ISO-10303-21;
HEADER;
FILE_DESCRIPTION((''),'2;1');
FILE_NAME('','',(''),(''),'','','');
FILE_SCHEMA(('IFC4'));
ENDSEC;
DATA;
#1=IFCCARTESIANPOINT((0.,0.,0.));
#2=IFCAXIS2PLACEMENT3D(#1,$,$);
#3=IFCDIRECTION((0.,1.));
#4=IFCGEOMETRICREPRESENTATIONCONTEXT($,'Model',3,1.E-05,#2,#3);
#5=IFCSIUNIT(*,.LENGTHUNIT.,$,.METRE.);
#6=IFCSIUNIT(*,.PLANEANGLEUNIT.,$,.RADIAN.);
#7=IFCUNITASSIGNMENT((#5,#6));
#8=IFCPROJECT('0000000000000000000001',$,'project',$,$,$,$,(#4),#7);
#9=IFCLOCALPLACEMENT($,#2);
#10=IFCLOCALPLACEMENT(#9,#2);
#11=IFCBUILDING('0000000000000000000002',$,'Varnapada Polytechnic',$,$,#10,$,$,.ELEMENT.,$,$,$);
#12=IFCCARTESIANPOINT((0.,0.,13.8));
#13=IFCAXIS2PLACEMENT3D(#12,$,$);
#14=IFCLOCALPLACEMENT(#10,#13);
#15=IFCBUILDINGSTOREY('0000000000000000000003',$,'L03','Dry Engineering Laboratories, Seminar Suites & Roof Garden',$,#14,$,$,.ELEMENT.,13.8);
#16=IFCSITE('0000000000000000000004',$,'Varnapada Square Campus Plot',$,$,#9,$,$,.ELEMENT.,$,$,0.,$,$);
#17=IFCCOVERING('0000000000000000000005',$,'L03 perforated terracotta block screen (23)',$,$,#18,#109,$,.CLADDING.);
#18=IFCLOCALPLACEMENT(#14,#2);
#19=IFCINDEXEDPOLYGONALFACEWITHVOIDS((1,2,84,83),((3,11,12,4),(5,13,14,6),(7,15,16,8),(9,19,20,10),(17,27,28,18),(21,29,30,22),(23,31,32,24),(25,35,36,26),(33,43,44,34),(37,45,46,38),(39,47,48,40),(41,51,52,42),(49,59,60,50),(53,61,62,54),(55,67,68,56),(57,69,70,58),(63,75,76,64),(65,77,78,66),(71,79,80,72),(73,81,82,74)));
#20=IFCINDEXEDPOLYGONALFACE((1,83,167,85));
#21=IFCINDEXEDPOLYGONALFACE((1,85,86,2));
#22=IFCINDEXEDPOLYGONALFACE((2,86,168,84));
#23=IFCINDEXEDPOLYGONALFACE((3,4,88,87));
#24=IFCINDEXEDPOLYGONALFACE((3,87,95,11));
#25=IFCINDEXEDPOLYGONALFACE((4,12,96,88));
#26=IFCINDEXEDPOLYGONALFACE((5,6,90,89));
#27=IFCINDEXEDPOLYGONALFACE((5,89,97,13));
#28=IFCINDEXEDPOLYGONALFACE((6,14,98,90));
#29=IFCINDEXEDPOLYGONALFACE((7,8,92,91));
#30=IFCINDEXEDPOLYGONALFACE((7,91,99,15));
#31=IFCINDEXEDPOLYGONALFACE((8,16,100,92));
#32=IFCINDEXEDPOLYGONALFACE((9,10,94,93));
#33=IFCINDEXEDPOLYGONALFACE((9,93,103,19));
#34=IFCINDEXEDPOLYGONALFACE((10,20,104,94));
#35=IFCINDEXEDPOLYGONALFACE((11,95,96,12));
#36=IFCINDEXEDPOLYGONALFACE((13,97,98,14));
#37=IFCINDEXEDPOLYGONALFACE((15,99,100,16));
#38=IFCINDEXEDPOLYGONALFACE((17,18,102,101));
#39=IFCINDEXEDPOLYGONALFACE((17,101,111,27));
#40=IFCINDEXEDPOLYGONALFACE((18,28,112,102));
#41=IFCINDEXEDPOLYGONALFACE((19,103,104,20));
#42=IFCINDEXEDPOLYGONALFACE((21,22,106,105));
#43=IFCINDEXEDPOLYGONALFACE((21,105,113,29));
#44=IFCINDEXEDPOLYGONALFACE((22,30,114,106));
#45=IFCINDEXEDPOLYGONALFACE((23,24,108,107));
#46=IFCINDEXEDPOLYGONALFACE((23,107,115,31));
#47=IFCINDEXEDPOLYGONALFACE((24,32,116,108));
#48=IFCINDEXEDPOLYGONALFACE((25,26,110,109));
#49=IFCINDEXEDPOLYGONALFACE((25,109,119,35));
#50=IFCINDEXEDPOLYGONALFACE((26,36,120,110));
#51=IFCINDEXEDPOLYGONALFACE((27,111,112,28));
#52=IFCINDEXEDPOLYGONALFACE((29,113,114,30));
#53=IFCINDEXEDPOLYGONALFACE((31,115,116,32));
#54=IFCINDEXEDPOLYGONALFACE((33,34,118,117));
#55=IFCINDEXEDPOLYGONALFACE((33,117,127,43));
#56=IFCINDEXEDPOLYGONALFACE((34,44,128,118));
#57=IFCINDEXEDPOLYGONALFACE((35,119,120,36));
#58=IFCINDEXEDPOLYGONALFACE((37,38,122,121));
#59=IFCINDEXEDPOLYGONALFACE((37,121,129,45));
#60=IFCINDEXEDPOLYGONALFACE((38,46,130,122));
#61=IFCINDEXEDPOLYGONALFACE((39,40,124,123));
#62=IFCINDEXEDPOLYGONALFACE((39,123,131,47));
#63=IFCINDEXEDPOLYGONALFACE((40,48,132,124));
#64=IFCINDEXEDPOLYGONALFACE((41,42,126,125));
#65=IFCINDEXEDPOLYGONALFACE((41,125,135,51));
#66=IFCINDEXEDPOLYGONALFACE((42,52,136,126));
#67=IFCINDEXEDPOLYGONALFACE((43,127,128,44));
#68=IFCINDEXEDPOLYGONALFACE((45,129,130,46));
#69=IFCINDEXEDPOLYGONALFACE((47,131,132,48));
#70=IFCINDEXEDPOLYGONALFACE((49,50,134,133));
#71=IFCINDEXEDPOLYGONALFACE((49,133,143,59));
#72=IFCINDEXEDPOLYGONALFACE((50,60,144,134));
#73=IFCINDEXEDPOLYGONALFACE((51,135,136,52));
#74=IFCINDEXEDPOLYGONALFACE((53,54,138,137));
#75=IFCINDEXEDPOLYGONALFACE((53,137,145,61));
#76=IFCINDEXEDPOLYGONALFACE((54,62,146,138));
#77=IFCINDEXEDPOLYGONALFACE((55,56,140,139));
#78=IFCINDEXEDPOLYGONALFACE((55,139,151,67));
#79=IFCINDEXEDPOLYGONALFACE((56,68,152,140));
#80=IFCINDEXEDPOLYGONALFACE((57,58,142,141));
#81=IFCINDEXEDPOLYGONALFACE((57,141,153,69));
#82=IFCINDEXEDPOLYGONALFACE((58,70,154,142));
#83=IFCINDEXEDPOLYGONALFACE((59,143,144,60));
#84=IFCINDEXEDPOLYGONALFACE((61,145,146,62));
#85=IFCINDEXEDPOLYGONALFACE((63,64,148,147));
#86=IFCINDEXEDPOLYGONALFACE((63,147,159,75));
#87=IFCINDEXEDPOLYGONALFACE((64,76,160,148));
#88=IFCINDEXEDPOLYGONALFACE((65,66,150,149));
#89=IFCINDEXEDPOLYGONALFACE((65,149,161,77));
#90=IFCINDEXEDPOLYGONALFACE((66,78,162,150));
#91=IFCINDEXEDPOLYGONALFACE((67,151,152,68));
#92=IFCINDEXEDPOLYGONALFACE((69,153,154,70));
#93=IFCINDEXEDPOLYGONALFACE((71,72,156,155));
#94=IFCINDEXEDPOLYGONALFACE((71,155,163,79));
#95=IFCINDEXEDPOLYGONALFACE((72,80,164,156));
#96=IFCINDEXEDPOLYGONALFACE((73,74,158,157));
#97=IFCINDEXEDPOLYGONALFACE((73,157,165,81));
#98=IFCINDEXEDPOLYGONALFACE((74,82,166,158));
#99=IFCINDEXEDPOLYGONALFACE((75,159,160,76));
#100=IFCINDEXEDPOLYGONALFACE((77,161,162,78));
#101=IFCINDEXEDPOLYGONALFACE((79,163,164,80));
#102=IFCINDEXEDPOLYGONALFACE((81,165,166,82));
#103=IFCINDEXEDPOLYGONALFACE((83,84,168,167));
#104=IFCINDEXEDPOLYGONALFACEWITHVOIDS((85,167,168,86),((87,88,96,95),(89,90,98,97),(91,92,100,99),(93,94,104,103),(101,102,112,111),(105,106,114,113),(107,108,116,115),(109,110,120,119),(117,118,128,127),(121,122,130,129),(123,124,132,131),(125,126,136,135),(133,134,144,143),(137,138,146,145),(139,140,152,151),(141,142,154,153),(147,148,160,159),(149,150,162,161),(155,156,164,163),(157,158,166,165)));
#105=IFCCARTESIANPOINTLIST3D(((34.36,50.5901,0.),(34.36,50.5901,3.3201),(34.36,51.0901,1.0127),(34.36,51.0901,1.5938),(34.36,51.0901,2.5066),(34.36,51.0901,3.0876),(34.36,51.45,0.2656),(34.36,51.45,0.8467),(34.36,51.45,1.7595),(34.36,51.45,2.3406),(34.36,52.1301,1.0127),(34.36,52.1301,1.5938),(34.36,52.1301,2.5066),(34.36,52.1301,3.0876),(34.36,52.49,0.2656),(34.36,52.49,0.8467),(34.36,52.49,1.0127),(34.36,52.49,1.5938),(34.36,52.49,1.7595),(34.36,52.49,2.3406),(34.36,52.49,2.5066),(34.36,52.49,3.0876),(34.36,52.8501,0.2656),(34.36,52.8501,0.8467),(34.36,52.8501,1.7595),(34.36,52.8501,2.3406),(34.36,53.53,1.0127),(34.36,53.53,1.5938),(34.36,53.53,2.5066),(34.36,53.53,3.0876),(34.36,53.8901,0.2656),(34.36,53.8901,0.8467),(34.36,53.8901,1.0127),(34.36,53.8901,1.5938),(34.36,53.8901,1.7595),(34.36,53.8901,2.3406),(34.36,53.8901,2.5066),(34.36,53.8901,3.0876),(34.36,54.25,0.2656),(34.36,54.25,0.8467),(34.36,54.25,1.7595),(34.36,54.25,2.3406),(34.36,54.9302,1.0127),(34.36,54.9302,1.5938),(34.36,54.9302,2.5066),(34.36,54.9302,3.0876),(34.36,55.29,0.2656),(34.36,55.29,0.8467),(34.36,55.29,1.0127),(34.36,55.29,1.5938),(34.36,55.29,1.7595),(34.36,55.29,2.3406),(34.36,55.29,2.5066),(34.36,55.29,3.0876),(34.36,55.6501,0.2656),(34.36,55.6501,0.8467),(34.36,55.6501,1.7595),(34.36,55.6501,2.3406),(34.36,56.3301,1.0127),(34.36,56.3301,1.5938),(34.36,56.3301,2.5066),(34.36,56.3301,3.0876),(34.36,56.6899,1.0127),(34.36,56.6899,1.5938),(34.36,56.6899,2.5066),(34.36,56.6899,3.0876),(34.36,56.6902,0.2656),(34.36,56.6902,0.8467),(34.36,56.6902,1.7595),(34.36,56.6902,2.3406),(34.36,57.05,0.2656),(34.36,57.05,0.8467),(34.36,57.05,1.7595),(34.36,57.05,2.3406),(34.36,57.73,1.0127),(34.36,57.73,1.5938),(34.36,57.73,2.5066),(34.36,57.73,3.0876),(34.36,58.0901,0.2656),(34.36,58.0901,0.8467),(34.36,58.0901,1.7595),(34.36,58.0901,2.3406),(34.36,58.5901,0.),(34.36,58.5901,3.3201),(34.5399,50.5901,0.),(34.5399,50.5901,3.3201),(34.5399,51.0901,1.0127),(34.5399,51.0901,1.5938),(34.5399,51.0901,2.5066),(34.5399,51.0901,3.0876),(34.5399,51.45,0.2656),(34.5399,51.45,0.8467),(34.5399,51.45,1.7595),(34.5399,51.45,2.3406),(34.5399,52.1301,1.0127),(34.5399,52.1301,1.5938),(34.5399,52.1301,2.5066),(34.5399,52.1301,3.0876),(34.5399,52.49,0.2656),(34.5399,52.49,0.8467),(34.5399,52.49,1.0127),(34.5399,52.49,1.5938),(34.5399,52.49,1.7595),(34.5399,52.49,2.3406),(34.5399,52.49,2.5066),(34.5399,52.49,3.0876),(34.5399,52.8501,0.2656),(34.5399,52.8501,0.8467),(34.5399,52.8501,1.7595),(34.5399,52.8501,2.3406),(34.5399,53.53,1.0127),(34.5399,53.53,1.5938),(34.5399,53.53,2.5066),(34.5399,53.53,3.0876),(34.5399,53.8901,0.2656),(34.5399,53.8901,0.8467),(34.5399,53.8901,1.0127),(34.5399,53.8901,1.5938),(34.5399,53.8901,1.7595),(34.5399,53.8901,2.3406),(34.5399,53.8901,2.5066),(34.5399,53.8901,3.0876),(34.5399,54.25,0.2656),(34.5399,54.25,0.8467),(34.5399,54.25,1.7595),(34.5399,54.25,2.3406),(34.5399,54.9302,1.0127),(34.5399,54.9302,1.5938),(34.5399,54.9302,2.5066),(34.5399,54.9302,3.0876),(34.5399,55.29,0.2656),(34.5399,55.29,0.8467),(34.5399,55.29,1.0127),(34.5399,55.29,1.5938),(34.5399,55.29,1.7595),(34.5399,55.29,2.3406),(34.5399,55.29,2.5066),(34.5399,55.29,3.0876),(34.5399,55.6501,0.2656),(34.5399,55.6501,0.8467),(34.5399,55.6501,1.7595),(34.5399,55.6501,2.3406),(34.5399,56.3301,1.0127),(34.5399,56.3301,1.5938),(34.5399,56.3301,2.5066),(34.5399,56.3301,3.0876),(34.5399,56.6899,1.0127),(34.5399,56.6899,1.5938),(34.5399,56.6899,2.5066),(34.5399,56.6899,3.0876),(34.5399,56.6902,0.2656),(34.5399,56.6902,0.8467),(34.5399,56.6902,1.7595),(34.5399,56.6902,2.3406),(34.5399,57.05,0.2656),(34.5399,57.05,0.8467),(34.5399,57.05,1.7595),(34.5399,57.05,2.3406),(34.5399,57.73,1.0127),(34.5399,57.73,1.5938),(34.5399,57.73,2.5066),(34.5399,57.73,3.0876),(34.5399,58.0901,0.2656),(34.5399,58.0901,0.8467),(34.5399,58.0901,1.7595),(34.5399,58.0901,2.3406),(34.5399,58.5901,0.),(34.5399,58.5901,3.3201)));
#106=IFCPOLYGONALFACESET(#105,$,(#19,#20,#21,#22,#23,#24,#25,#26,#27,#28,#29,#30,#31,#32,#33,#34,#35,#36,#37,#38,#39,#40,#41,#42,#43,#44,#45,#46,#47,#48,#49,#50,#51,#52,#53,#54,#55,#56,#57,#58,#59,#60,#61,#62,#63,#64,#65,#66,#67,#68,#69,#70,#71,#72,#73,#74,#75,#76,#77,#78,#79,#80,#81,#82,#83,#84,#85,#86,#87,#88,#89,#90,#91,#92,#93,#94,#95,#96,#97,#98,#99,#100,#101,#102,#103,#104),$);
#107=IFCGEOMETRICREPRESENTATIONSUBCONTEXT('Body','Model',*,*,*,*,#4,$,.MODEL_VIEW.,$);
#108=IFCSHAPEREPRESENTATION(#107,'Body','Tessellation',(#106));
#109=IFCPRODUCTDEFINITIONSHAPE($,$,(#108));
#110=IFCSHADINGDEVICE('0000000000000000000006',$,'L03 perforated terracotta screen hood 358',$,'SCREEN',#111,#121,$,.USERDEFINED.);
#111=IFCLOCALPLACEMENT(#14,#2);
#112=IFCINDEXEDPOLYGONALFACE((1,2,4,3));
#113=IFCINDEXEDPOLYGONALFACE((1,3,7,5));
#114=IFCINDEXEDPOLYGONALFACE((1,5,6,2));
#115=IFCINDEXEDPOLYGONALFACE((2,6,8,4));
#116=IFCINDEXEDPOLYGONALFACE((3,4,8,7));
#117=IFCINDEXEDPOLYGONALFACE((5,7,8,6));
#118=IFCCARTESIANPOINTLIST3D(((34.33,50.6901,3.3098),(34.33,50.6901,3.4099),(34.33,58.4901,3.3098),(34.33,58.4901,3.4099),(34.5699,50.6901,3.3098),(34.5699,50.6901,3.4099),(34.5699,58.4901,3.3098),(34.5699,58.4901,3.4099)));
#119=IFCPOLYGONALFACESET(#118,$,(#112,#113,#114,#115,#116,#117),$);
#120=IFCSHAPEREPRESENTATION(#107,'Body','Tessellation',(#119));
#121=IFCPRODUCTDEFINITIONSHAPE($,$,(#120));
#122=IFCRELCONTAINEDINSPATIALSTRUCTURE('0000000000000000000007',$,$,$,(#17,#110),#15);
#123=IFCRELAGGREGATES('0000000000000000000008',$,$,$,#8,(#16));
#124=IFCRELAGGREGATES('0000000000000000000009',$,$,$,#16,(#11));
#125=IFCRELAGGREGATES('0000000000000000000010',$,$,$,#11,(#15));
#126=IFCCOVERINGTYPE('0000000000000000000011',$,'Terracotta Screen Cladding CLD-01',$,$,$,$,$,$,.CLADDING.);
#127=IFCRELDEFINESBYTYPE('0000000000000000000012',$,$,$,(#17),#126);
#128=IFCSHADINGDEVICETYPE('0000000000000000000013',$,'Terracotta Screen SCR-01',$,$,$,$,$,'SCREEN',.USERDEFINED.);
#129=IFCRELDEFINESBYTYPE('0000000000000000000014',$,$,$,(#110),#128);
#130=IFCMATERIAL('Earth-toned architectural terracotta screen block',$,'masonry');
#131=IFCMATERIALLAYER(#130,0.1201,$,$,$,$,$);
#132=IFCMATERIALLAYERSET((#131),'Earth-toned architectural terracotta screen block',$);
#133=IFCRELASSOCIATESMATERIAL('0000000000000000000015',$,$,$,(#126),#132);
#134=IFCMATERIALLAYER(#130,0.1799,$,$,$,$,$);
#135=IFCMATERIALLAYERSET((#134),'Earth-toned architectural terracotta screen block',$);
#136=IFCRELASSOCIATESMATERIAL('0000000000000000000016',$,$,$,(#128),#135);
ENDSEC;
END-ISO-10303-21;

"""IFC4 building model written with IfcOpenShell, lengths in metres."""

from ifc_helpers import new_model, si_unit, direction, frame, frame_2d, origin, origin_2d, place, context, subcontext, project, spatial, rectangle, extrude, material, layer, layer_set, type_object, element, save


model = new_model("IFC4")

# Units and contexts
model_context = context("Model", 3, precision=1e-05, world=origin(), true_north=direction((0.0, 1.0)))
body_context = subcontext(model_context, "Body", "Model", "MODEL_VIEW")
ifc_project = project(units=[si_unit("LENGTHUNIT", "METRE"), si_unit("PLANEANGLEUNIT", "RADIAN")], contexts=[model_context])

# Site, building, storey
site_placement = place(None, origin())
site = spatial("IfcSite", under=ifc_project, at=site_placement, Name="Varnapada Square Campus Plot", CompositionType="ELEMENT", RefElevation=0.0)
building_placement = place(site_placement, origin())
building = spatial("IfcBuilding", under=site, at=building_placement, Name="Varnapada Polytechnic", CompositionType="ELEMENT")
storey_placement = place(building_placement, frame((0.0, 0.0, 13.8)))
storey = spatial("IfcBuildingStorey", under=building, at=storey_placement, Name="L03", Description="Dry Engineering Laboratories, Seminar Suites & Roof Garden", CompositionType="ELEMENT", Elevation=13.8)

# Covering, openings
ifc_material_1 = material(Name="Earth-toned architectural terracotta screen block", Category="masonry")
ifc_layer_1 = layer(ifc_material_1, 0.1201)
ifc_layer_set_1 = layer_set([ifc_layer_1], Name="Earth-toned architectural terracotta screen block")
covering_type = type_object("IfcCoveringType", Name="Terracotta Screen Cladding CLD-01", PredefinedType="CLADDING", material=ifc_layer_set_1)
covering_placement = place(storey_placement, frame((34.45, 58.5901, 0.0), z_axis=(0.0, 0.0, 1.0), x_axis=(0.0, -1.0, 0.0)))
covering = element("IfcCovering", 1, at=covering_placement, inside=storey, type_object=covering_type, Name="L03 perforated terracotta block screen (23)", PredefinedType="CLADDING", context=body_context, shape_type="SweptSolid", body=[
    extrude(rectangle(XDim=8.0, YDim=0.1799, at=frame_2d((4.0, 0.0))), origin(), (0.0, 0.0, 1.0), 3.3201),
])
opening_1_placement = place(covering_placement, frame((0.5, 0.0, 0.2656)))
element("IfcOpeningElement", 2, at=opening_1_placement, cuts=covering, PredefinedType="OPENING", context=body_context, shape_type="SweptSolid", body=[
    extrude(rectangle(XDim=1.04, YDim=0.5811, at=frame_2d((0.52, 0.2905))), frame((0.0, 0.0999, 0.0), z_axis=(0.0, -1.0, 0.0), x_axis=(1.0, 0.0, 0.0)), (0.0, 0.0, 1.0), 0.2),
])
opening_2_placement = place(covering_placement, frame((1.8999, 0.0, 0.2656)))
element("IfcOpeningElement", 3, at=opening_2_placement, cuts=covering, PredefinedType="OPENING", context=body_context, shape_type="SweptSolid", body=[
    extrude(rectangle(XDim=1.04, YDim=0.5811, at=frame_2d((0.52, 0.2905))), frame((0.0, 0.0999, 0.0), z_axis=(0.0, -1.0, 0.0), x_axis=(1.0, 0.0, 0.0)), (0.0, 0.0, 1.0), 0.2),
])
opening_3_placement = place(covering_placement, frame((3.3, 0.0, 0.2656)))
element("IfcOpeningElement", 4, at=opening_3_placement, cuts=covering, PredefinedType="OPENING", context=body_context, shape_type="SweptSolid", body=[
    extrude(rectangle(XDim=1.04, YDim=0.5811, at=frame_2d((0.52, 0.2905))), frame((0.0, 0.0999, 0.0), z_axis=(0.0, -1.0, 0.0), x_axis=(1.0, 0.0, 0.0)), (0.0, 0.0, 1.0), 0.2),
])
opening_4_placement = place(covering_placement, frame((4.7, 0.0, 0.2656)))
element("IfcOpeningElement", 5, at=opening_4_placement, cuts=covering, PredefinedType="OPENING", context=body_context, shape_type="SweptSolid", body=[
    extrude(rectangle(XDim=1.04, YDim=0.5811, at=frame_2d((0.52, 0.2905))), frame((0.0, 0.0999, 0.0), z_axis=(0.0, -1.0, 0.0), x_axis=(1.0, 0.0, 0.0)), (0.0, 0.0, 1.0), 0.2),
])
opening_5_placement = place(covering_placement, frame((6.1001, 0.0, 0.2656)))
element("IfcOpeningElement", 6, at=opening_5_placement, cuts=covering, PredefinedType="OPENING", context=body_context, shape_type="SweptSolid", body=[
    extrude(rectangle(XDim=1.04, YDim=0.5811, at=frame_2d((0.52, 0.2905))), frame((0.0, 0.0999, 0.0), z_axis=(0.0, -1.0, 0.0), x_axis=(1.0, 0.0, 0.0)), (0.0, 0.0, 1.0), 0.2),
])
opening_6_placement = place(covering_placement, frame((0.8601, 0.0, 1.0127)))
element("IfcOpeningElement", 7, at=opening_6_placement, cuts=covering, PredefinedType="OPENING", context=body_context, shape_type="SweptSolid", body=[
    extrude(rectangle(XDim=1.04, YDim=0.5811, at=frame_2d((0.52, 0.2905))), frame((0.0, 0.0999, 0.0), z_axis=(0.0, -1.0, 0.0), x_axis=(1.0, 0.0, 0.0)), (0.0, 0.0, 1.0), 0.2),
])
opening_7_placement = place(covering_placement, frame((2.26, 0.0, 1.0127)))
element("IfcOpeningElement", 8, at=opening_7_placement, cuts=covering, PredefinedType="OPENING", context=body_context, shape_type="SweptSolid", body=[
    extrude(rectangle(XDim=1.04, YDim=0.5811, at=frame_2d((0.52, 0.2905))), frame((0.0, 0.0999, 0.0), z_axis=(0.0, -1.0, 0.0), x_axis=(1.0, 0.0, 0.0)), (0.0, 0.0, 1.0), 0.2),
])
opening_8_placement = place(covering_placement, frame((3.6599, 0.0, 1.0127)))
element("IfcOpeningElement", 9, at=opening_8_placement, cuts=covering, PredefinedType="OPENING", context=body_context, shape_type="SweptSolid", body=[
    extrude(rectangle(XDim=1.04, YDim=0.5811, at=frame_2d((0.52, 0.2905))), frame((0.0, 0.0999, 0.0), z_axis=(0.0, -1.0, 0.0), x_axis=(1.0, 0.0, 0.0)), (0.0, 0.0, 1.0), 0.2),
])
opening_9_placement = place(covering_placement, frame((5.0601, 0.0, 1.0127)))
element("IfcOpeningElement", 10, at=opening_9_placement, cuts=covering, PredefinedType="OPENING", context=body_context, shape_type="SweptSolid", body=[
    extrude(rectangle(XDim=1.04, YDim=0.5811, at=frame_2d((0.52, 0.2905))), frame((0.0, 0.0999, 0.0), z_axis=(0.0, -1.0, 0.0), x_axis=(1.0, 0.0, 0.0)), (0.0, 0.0, 1.0), 0.2),
])
opening_10_placement = place(covering_placement, frame((6.46, 0.0, 1.0127)))
element("IfcOpeningElement", 11, at=opening_10_placement, cuts=covering, PredefinedType="OPENING", context=body_context, shape_type="SweptSolid", body=[
    extrude(rectangle(XDim=1.04, YDim=0.5811, at=frame_2d((0.52, 0.2905))), frame((0.0, 0.0999, 0.0), z_axis=(0.0, -1.0, 0.0), x_axis=(1.0, 0.0, 0.0)), (0.0, 0.0, 1.0), 0.2),
])
opening_11_placement = place(covering_placement, frame((0.5, 0.0, 1.7595)))
element("IfcOpeningElement", 12, at=opening_11_placement, cuts=covering, PredefinedType="OPENING", context=body_context, shape_type="SweptSolid", body=[
    extrude(rectangle(XDim=1.04, YDim=0.5811, at=frame_2d((0.52, 0.2905))), frame((0.0, 0.0999, 0.0), z_axis=(0.0, -1.0, 0.0), x_axis=(1.0, 0.0, 0.0)), (0.0, 0.0, 1.0), 0.2),
])
opening_12_placement = place(covering_placement, frame((1.8999, 0.0, 1.7595)))
element("IfcOpeningElement", 13, at=opening_12_placement, cuts=covering, PredefinedType="OPENING", context=body_context, shape_type="SweptSolid", body=[
    extrude(rectangle(XDim=1.04, YDim=0.5811, at=frame_2d((0.52, 0.2905))), frame((0.0, 0.0999, 0.0), z_axis=(0.0, -1.0, 0.0), x_axis=(1.0, 0.0, 0.0)), (0.0, 0.0, 1.0), 0.2),
])
opening_13_placement = place(covering_placement, frame((3.3, 0.0, 1.7595)))
element("IfcOpeningElement", 14, at=opening_13_placement, cuts=covering, PredefinedType="OPENING", context=body_context, shape_type="SweptSolid", body=[
    extrude(rectangle(XDim=1.04, YDim=0.5811, at=frame_2d((0.52, 0.2905))), frame((0.0, 0.0999, 0.0), z_axis=(0.0, -1.0, 0.0), x_axis=(1.0, 0.0, 0.0)), (0.0, 0.0, 1.0), 0.2),
])
opening_14_placement = place(covering_placement, frame((4.7, 0.0, 1.7595)))
element("IfcOpeningElement", 15, at=opening_14_placement, cuts=covering, PredefinedType="OPENING", context=body_context, shape_type="SweptSolid", body=[
    extrude(rectangle(XDim=1.04, YDim=0.5811, at=frame_2d((0.52, 0.2905))), frame((0.0, 0.0999, 0.0), z_axis=(0.0, -1.0, 0.0), x_axis=(1.0, 0.0, 0.0)), (0.0, 0.0, 1.0), 0.2),
])
opening_15_placement = place(covering_placement, frame((6.1001, 0.0, 1.7595)))
element("IfcOpeningElement", 16, at=opening_15_placement, cuts=covering, PredefinedType="OPENING", context=body_context, shape_type="SweptSolid", body=[
    extrude(rectangle(XDim=1.04, YDim=0.5811, at=frame_2d((0.52, 0.2905))), frame((0.0, 0.0999, 0.0), z_axis=(0.0, -1.0, 0.0), x_axis=(1.0, 0.0, 0.0)), (0.0, 0.0, 1.0), 0.2),
])
opening_16_placement = place(covering_placement, frame((0.8601, 0.0, 2.5066)))
element("IfcOpeningElement", 17, at=opening_16_placement, cuts=covering, PredefinedType="OPENING", context=body_context, shape_type="SweptSolid", body=[
    extrude(rectangle(XDim=1.04, YDim=0.5811, at=frame_2d((0.52, 0.2905))), frame((0.0, 0.0999, 0.0), z_axis=(0.0, -1.0, 0.0), x_axis=(1.0, 0.0, 0.0)), (0.0, 0.0, 1.0), 0.2),
])
opening_17_placement = place(covering_placement, frame((2.26, 0.0, 2.5066)))
element("IfcOpeningElement", 18, at=opening_17_placement, cuts=covering, PredefinedType="OPENING", context=body_context, shape_type="SweptSolid", body=[
    extrude(rectangle(XDim=1.04, YDim=0.5811, at=frame_2d((0.52, 0.2905))), frame((0.0, 0.0999, 0.0), z_axis=(0.0, -1.0, 0.0), x_axis=(1.0, 0.0, 0.0)), (0.0, 0.0, 1.0), 0.2),
])
opening_18_placement = place(covering_placement, frame((3.6599, 0.0, 2.5066)))
element("IfcOpeningElement", 19, at=opening_18_placement, cuts=covering, PredefinedType="OPENING", context=body_context, shape_type="SweptSolid", body=[
    extrude(rectangle(XDim=1.04, YDim=0.5811, at=frame_2d((0.52, 0.2905))), frame((0.0, 0.0999, 0.0), z_axis=(0.0, -1.0, 0.0), x_axis=(1.0, 0.0, 0.0)), (0.0, 0.0, 1.0), 0.2),
])
opening_19_placement = place(covering_placement, frame((5.0601, 0.0, 2.5066)))
element("IfcOpeningElement", 20, at=opening_19_placement, cuts=covering, PredefinedType="OPENING", context=body_context, shape_type="SweptSolid", body=[
    extrude(rectangle(XDim=1.04, YDim=0.5811, at=frame_2d((0.52, 0.2905))), frame((0.0, 0.0999, 0.0), z_axis=(0.0, -1.0, 0.0), x_axis=(1.0, 0.0, 0.0)), (0.0, 0.0, 1.0), 0.2),
])
opening_20_placement = place(covering_placement, frame((6.46, 0.0, 2.5066)))
element("IfcOpeningElement", 21, at=opening_20_placement, cuts=covering, PredefinedType="OPENING", context=body_context, shape_type="SweptSolid", body=[
    extrude(rectangle(XDim=1.04, YDim=0.5811, at=frame_2d((0.52, 0.2905))), frame((0.0, 0.0999, 0.0), z_axis=(0.0, -1.0, 0.0), x_axis=(1.0, 0.0, 0.0)), (0.0, 0.0, 1.0), 0.2),
])

# Shading device
ifc_layer_2 = layer(ifc_material_1, 0.1799)
ifc_layer_set_2 = layer_set([ifc_layer_2], Name="Earth-toned architectural terracotta screen block")
shading_device_type = type_object("IfcShadingDeviceType", Name="Terracotta Screen SCR-01", ElementType="SCREEN", PredefinedType="USERDEFINED", material=ifc_layer_set_2)
shading_device_placement = place(storey_placement, frame((34.45, 54.5901, 3.3098), z_axis=(0.0, 0.0, 1.0), x_axis=(0.0, -1.0, 0.0)))
element("IfcShadingDevice", 22, at=shading_device_placement, inside=storey, type_object=shading_device_type, Name="L03 perforated terracotta screen hood 358", ObjectType="SCREEN", PredefinedType="USERDEFINED", context=body_context, shape_type="SweptSolid", body=[
    extrude(rectangle(XDim=7.8, YDim=0.24, at=origin_2d()), origin(), (0.0, 0.0, 1.0), 0.1001),
])

save(model, "model.ifc")
